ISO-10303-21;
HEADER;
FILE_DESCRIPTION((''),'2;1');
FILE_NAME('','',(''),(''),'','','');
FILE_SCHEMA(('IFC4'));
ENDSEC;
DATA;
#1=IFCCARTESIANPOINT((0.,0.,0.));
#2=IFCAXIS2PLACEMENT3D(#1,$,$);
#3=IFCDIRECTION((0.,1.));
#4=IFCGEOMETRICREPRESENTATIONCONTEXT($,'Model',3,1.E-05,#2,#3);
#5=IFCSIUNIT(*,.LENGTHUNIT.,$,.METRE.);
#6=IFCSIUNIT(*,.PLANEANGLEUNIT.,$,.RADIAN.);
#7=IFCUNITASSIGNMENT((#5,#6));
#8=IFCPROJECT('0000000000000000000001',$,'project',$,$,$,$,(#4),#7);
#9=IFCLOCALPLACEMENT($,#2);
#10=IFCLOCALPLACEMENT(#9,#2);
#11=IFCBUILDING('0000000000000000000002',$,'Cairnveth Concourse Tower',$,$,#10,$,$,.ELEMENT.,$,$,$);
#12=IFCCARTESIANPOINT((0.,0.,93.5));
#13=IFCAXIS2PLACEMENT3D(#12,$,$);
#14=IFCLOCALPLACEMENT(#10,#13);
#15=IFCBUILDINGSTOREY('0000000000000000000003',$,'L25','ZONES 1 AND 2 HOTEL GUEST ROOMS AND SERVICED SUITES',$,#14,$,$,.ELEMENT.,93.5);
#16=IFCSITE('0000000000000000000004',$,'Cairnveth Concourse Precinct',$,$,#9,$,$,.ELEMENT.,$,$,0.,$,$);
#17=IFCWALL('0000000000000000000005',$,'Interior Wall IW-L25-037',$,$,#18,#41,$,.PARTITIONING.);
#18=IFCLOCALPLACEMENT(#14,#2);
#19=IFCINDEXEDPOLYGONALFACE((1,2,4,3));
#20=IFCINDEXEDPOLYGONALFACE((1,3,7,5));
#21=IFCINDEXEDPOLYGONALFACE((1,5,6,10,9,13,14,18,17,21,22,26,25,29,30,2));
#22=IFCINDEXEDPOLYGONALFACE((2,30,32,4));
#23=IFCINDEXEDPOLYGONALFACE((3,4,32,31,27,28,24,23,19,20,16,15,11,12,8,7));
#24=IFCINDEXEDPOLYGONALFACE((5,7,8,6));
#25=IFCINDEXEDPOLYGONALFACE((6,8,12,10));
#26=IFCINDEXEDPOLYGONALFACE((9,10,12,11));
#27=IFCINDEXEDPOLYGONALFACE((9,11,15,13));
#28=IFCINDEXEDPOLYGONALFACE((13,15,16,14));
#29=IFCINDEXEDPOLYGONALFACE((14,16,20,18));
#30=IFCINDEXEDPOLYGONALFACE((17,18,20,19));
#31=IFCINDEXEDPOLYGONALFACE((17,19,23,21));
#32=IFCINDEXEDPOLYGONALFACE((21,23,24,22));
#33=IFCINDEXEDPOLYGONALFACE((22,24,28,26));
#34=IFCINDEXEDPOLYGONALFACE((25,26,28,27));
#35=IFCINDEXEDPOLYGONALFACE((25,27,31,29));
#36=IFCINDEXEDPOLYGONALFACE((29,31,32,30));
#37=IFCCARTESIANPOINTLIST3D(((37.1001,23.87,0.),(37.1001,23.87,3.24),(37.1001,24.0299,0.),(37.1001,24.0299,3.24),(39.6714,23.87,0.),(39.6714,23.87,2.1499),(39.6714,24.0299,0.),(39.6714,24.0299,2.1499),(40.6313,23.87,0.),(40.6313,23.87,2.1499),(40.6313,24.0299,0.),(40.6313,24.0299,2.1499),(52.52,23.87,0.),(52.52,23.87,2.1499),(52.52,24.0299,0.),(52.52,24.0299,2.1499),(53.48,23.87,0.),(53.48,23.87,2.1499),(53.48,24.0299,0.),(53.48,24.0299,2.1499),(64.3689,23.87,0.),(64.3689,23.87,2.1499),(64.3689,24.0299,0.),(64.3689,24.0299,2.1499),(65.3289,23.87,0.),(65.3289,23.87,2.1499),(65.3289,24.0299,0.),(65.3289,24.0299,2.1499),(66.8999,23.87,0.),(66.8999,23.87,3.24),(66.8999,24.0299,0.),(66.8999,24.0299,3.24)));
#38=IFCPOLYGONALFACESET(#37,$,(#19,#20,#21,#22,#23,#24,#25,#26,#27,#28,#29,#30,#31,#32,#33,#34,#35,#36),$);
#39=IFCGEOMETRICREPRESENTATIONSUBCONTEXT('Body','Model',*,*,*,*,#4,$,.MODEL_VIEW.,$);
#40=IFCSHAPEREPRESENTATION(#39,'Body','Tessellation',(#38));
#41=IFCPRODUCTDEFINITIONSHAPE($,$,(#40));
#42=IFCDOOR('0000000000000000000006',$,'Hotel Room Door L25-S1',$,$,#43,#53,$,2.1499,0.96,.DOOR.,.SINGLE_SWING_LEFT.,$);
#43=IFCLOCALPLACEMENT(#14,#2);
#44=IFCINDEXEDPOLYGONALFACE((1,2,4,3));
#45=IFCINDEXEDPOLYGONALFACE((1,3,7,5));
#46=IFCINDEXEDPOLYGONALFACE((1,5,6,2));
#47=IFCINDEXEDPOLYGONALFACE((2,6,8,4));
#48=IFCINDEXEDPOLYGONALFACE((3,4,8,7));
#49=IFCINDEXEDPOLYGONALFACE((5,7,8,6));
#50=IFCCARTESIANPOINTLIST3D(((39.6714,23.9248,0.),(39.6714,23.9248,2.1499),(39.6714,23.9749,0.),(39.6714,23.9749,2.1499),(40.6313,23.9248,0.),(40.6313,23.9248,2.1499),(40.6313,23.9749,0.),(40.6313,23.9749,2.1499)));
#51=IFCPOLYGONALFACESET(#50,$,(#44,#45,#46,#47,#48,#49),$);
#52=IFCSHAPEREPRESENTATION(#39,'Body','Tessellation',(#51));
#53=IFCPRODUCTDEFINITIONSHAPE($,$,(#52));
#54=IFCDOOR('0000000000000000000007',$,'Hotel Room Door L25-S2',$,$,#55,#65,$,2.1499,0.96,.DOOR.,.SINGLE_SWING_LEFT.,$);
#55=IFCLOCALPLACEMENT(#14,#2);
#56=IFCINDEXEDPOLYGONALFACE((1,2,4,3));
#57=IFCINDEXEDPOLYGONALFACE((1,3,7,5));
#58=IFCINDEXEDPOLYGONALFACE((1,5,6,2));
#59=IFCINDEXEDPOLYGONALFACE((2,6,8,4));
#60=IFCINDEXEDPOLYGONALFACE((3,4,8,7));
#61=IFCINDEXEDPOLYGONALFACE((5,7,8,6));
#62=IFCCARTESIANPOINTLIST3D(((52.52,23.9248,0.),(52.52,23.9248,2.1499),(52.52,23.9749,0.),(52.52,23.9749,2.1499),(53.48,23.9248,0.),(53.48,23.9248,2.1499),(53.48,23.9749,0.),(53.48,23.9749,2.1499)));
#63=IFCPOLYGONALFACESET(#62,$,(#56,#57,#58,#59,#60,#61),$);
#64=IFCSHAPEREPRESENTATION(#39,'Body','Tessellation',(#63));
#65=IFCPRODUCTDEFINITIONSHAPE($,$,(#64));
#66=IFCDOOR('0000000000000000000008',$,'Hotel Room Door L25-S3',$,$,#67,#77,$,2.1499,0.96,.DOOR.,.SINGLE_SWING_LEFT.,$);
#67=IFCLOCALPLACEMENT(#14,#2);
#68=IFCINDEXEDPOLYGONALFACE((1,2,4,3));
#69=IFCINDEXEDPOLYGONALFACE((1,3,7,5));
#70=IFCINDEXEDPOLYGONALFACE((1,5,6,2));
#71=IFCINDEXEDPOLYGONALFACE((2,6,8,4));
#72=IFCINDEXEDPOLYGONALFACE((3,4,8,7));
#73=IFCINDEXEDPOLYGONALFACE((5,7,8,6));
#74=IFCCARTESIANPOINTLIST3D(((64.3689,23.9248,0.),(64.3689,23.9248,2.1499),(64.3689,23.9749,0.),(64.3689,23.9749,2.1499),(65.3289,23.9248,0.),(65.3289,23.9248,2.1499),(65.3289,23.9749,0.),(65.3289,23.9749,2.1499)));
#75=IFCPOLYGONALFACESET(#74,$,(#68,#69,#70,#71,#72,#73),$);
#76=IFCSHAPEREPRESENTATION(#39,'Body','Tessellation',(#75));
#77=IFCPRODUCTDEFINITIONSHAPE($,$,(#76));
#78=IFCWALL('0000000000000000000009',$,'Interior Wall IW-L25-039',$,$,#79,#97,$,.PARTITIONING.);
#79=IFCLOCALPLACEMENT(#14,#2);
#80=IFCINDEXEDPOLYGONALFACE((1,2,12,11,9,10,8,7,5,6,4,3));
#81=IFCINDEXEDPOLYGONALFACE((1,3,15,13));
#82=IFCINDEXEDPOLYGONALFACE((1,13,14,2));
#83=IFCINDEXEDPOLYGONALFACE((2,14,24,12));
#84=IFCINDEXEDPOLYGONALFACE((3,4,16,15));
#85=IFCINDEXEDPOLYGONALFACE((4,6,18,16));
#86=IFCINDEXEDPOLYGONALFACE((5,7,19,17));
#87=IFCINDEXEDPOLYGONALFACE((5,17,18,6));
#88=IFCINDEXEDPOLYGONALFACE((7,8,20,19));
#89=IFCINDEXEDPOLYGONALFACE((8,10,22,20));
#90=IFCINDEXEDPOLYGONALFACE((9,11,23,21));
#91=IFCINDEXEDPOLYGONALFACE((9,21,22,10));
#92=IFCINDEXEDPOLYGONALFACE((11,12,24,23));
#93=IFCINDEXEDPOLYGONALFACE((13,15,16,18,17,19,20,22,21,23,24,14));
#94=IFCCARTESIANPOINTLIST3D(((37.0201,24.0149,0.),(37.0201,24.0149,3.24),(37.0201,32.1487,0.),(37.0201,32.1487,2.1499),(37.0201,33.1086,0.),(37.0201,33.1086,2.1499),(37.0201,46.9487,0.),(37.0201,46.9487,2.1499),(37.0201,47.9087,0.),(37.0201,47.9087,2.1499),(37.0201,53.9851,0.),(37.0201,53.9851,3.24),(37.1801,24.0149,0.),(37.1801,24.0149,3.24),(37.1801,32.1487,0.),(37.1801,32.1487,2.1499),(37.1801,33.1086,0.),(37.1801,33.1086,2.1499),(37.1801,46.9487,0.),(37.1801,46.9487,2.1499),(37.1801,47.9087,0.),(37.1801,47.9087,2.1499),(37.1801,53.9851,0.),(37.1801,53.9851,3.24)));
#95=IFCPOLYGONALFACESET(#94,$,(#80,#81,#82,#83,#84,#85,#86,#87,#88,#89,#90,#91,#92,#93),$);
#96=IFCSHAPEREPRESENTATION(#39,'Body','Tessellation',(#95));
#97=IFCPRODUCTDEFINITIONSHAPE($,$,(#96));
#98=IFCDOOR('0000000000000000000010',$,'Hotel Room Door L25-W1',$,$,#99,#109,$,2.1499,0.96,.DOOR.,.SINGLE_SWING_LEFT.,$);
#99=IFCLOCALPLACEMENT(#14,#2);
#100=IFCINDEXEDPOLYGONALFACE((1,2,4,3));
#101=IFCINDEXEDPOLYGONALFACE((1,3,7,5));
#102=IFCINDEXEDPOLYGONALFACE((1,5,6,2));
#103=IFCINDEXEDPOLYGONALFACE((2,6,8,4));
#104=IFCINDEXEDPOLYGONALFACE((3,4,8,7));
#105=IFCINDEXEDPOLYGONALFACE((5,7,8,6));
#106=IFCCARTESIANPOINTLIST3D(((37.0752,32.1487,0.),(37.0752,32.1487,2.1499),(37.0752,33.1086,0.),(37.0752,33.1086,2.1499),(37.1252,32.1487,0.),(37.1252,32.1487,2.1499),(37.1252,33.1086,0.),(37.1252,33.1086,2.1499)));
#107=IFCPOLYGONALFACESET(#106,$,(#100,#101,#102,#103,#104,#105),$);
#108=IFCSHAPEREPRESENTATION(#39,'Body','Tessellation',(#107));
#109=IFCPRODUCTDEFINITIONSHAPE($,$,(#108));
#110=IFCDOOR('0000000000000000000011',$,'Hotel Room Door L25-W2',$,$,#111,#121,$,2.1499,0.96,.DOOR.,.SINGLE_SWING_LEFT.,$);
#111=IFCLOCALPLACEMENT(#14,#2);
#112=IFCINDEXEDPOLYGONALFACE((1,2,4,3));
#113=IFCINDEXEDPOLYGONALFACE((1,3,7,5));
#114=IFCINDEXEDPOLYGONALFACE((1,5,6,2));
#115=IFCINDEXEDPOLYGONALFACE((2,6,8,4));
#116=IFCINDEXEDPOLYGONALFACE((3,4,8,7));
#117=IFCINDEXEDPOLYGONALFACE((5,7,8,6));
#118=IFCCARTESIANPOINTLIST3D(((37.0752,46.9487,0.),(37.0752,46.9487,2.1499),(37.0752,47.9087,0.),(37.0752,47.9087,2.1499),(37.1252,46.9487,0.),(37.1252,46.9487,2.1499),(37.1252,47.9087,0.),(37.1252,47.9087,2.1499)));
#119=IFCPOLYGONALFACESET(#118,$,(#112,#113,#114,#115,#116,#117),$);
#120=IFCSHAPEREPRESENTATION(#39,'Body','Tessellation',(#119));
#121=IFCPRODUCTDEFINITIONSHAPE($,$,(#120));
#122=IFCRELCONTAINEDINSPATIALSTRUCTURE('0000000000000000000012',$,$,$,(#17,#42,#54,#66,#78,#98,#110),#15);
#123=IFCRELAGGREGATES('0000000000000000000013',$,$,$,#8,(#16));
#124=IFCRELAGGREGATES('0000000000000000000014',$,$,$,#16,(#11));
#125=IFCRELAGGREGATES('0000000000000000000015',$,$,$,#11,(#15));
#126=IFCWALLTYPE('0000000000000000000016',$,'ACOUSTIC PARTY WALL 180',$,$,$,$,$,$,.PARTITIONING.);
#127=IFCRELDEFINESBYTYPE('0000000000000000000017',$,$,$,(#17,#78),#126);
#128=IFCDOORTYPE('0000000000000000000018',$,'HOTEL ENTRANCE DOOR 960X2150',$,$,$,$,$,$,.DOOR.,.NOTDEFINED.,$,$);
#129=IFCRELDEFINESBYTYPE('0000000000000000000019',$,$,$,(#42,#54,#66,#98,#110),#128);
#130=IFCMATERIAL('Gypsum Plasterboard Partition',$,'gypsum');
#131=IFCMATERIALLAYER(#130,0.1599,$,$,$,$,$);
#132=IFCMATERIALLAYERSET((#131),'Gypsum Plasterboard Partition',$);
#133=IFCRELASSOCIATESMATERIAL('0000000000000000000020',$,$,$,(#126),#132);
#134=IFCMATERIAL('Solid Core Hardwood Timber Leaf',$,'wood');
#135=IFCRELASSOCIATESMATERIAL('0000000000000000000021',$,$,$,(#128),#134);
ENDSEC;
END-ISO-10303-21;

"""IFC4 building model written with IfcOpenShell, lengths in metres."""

from ifc_helpers import new_model, si_unit, direction, frame, frame_2d, origin, place, context, subcontext, project, spatial, rectangle, extrude, material, layer, layer_set, type_object, element, fill, save


model = new_model("IFC4")

# Units and contexts
model_context = context("Model", 3, precision=1e-05, world=origin(), true_north=direction((0.0, 1.0)))
body_context = subcontext(model_context, "Body", "Model", "MODEL_VIEW")
ifc_project = project(units=[si_unit("LENGTHUNIT", "METRE"), si_unit("PLANEANGLEUNIT", "RADIAN")], contexts=[model_context])

# Site, building, storey
site_placement = place(None, origin())
site = spatial("IfcSite", under=ifc_project, at=site_placement, Name="Cairnveth Concourse Precinct", CompositionType="ELEMENT", RefElevation=0.0)
building_placement = place(site_placement, origin())
building = spatial("IfcBuilding", under=site, at=building_placement, Name="Cairnveth Concourse Tower", CompositionType="ELEMENT")
storey_placement = place(building_placement, frame((0.0, 0.0, 93.5)))
storey = spatial("IfcBuildingStorey", under=building, at=storey_placement, Name="L25", Description="ZONES 1 AND 2 HOTEL GUEST ROOMS AND SERVICED SUITES", CompositionType="ELEMENT", Elevation=93.5)

# Walls, openings, doors
ifc_material_1 = material(Name="Gypsum Plasterboard Partition", Category="gypsum")
ifc_layer_1 = layer(ifc_material_1, 0.1599)
ifc_layer_set_1 = layer_set([ifc_layer_1], Name="Gypsum Plasterboard Partition")
wall_type_1 = type_object("IfcWallType", Name="ACOUSTIC PARTY WALL 180", PredefinedType="PARTITIONING", material=ifc_layer_set_1)
wall_1_placement = place(storey_placement, frame((37.1001, 23.95, 0.0), z_axis=(0.0, 0.0, 1.0), x_axis=(1.0, 0.0, 0.0)))
wall_1 = element("IfcWall", 1, at=wall_1_placement, inside=storey, type_object=wall_type_1, Name="Interior Wall IW-L25-037", PredefinedType="PARTITIONING", context=body_context, shape_type="SweptSolid", body=[
    extrude(rectangle(XDim=29.7998, YDim=0.1599, at=frame_2d((14.8999, 0.0))), origin(), (0.0, 0.0, 1.0), 3.24),
])
opening_1_placement = place(wall_1_placement, frame((2.5713, 0.0, 0.0)))
opening_1 = element("IfcOpeningElement", 2, at=opening_1_placement, cuts=wall_1, PredefinedType="OPENING", context=body_context, shape_type="SweptSolid", body=[
    extrude(rectangle(XDim=0.96, YDim=2.1499, at=frame_2d((0.48, 1.075))), frame((0.0, 0.0898, 0.0), z_axis=(0.0, -1.0, 0.0), x_axis=(1.0, 0.0, 0.0)), (0.0, 0.0, 1.0), 0.1799),
])
opening_2_placement = place(wall_1_placement, frame((15.4199, 0.0, 0.0)))
opening_2 = element("IfcOpeningElement", 3, at=opening_2_placement, cuts=wall_1, PredefinedType="OPENING", context=body_context, shape_type="SweptSolid", body=[
    extrude(rectangle(XDim=0.96, YDim=2.1499, at=frame_2d((0.48, 1.075))), frame((0.0, 0.0898, 0.0), z_axis=(0.0, -1.0, 0.0), x_axis=(1.0, 0.0, 0.0)), (0.0, 0.0, 1.0), 0.1799),
])
opening_3_placement = place(wall_1_placement, frame((27.2688, 0.0, 0.0)))
opening_3 = element("IfcOpeningElement", 4, at=opening_3_placement, cuts=wall_1, PredefinedType="OPENING", context=body_context, shape_type="SweptSolid", body=[
    extrude(rectangle(XDim=0.96, YDim=2.1499, at=frame_2d((0.48, 1.075))), frame((0.0, 0.0898, 0.0), z_axis=(0.0, -1.0, 0.0), x_axis=(1.0, 0.0, 0.0)), (0.0, 0.0, 1.0), 0.1799),
])
ifc_material_2 = material(Name="Solid Core Hardwood Timber Leaf", Category="wood")
door_type_1 = type_object("IfcDoorType", Name="HOTEL ENTRANCE DOOR 960X2150", OperationType="NOTDEFINED", PredefinedType="DOOR", material=ifc_material_2)
door_1_placement = place(opening_1_placement, origin())
door_1 = element("IfcDoor", 5, at=door_1_placement, inside=storey, type_object=door_type_1, Name="Hotel Room Door L25-S1", OperationType="SINGLE_SWING_LEFT", OverallHeight=2.1499, OverallWidth=0.96, PredefinedType="DOOR", context=body_context, shape_type="SweptSolid", body=[
    extrude(rectangle(XDim=0.96, YDim=2.1499, at=frame_2d((0.48, 1.075))), frame((0.0, 0.0249, 0.0), z_axis=(0.0, -1.0, 0.0), x_axis=(1.0, 0.0, 0.0)), (0.0, 0.0, 1.0), 0.05),
])
fill(opening_1, door_1)
door_2_placement = place(opening_2_placement, origin())
door_2 = element("IfcDoor", 6, at=door_2_placement, inside=storey, type_object=door_type_1, Name="Hotel Room Door L25-S2", OperationType="SINGLE_SWING_LEFT", OverallHeight=2.1499, OverallWidth=0.96, PredefinedType="DOOR", context=body_context, shape_type="SweptSolid", body=[
    extrude(rectangle(XDim=0.96, YDim=2.1499, at=frame_2d((0.48, 1.075))), frame((0.0, 0.0249, 0.0), z_axis=(0.0, -1.0, 0.0), x_axis=(1.0, 0.0, 0.0)), (0.0, 0.0, 1.0), 0.05),
])
fill(opening_2, door_2)
door_3_placement = place(opening_3_placement, origin())
door_3 = element("IfcDoor", 7, at=door_3_placement, inside=storey, type_object=door_type_1, Name="Hotel Room Door L25-S3", OperationType="SINGLE_SWING_LEFT", OverallHeight=2.1499, OverallWidth=0.96, PredefinedType="DOOR", context=body_context, shape_type="SweptSolid", body=[
    extrude(rectangle(XDim=0.96, YDim=2.1499, at=frame_2d((0.48, 1.075))), frame((0.0, 0.0249, 0.0), z_axis=(0.0, -1.0, 0.0), x_axis=(1.0, 0.0, 0.0)), (0.0, 0.0, 1.0), 0.05),
])
fill(opening_3, door_3)
wall_2_placement = place(storey_placement, frame((37.1001, 24.0149, 0.0), z_axis=(0.0, 0.0, 1.0), x_axis=(0.0, 1.0, 0.0)))
wall_2 = element("IfcWall", 8, at=wall_2_placement, inside=storey, type_object=wall_type_1, Name="Interior Wall IW-L25-039", PredefinedType="PARTITIONING", context=body_context, shape_type="SweptSolid", body=[
    extrude(rectangle(XDim=29.9702, YDim=0.1599, at=frame_2d((14.9851, 0.0))), origin(), (0.0, 0.0, 1.0), 3.24),
])
opening_4_placement = place(wall_2_placement, frame((8.1338, 0.0, 0.0)))
opening_4 = element("IfcOpeningElement", 9, at=opening_4_placement, cuts=wall_2, PredefinedType="OPENING", context=body_context, shape_type="SweptSolid", body=[
    extrude(rectangle(XDim=0.96, YDim=2.1499, at=frame_2d((0.48, 1.075))), frame((0.0, 0.0898, 0.0), z_axis=(0.0, -1.0, 0.0), x_axis=(1.0, 0.0, 0.0)), (0.0, 0.0, 1.0), 0.1799),
])
opening_5_placement = place(wall_2_placement, frame((22.9338, 0.0, 0.0)))
opening_5 = element("IfcOpeningElement", 10, at=opening_5_placement, cuts=wall_2, PredefinedType="OPENING", context=body_context, shape_type="SweptSolid", body=[
    extrude(rectangle(XDim=0.96, YDim=2.1499, at=frame_2d((0.48, 1.075))), frame((0.0, 0.0898, 0.0), z_axis=(0.0, -1.0, 0.0), x_axis=(1.0, 0.0, 0.0)), (0.0, 0.0, 1.0), 0.1799),
])
door_4_placement = place(opening_4_placement, origin())
door_4 = element("IfcDoor", 11, at=door_4_placement, inside=storey, type_object=door_type_1, Name="Hotel Room Door L25-W1", OperationType="SINGLE_SWING_LEFT", OverallHeight=2.1499, OverallWidth=0.96, PredefinedType="DOOR", context=body_context, shape_type="SweptSolid", body=[
    extrude(rectangle(XDim=0.96, YDim=2.1499, at=frame_2d((0.48, 1.075))), frame((0.0, 0.0249, 0.0), z_axis=(0.0, -1.0, 0.0), x_axis=(1.0, 0.0, 0.0)), (0.0, 0.0, 1.0), 0.05),
])
fill(opening_4, door_4)
door_5_placement = place(opening_5_placement, origin())
door_5 = element("IfcDoor", 12, at=door_5_placement, inside=storey, type_object=door_type_1, Name="Hotel Room Door L25-W2", OperationType="SINGLE_SWING_LEFT", OverallHeight=2.1499, OverallWidth=0.96, PredefinedType="DOOR", context=body_context, shape_type="SweptSolid", body=[
    extrude(rectangle(XDim=0.96, YDim=2.1499, at=frame_2d((0.48, 1.075))), frame((0.0, 0.0249, 0.0), z_axis=(0.0, -1.0, 0.0), x_axis=(1.0, 0.0, 0.0)), (0.0, 0.0, 1.0), 0.05),
])
fill(opening_5, door_5)

save(model, "model.ifc")
